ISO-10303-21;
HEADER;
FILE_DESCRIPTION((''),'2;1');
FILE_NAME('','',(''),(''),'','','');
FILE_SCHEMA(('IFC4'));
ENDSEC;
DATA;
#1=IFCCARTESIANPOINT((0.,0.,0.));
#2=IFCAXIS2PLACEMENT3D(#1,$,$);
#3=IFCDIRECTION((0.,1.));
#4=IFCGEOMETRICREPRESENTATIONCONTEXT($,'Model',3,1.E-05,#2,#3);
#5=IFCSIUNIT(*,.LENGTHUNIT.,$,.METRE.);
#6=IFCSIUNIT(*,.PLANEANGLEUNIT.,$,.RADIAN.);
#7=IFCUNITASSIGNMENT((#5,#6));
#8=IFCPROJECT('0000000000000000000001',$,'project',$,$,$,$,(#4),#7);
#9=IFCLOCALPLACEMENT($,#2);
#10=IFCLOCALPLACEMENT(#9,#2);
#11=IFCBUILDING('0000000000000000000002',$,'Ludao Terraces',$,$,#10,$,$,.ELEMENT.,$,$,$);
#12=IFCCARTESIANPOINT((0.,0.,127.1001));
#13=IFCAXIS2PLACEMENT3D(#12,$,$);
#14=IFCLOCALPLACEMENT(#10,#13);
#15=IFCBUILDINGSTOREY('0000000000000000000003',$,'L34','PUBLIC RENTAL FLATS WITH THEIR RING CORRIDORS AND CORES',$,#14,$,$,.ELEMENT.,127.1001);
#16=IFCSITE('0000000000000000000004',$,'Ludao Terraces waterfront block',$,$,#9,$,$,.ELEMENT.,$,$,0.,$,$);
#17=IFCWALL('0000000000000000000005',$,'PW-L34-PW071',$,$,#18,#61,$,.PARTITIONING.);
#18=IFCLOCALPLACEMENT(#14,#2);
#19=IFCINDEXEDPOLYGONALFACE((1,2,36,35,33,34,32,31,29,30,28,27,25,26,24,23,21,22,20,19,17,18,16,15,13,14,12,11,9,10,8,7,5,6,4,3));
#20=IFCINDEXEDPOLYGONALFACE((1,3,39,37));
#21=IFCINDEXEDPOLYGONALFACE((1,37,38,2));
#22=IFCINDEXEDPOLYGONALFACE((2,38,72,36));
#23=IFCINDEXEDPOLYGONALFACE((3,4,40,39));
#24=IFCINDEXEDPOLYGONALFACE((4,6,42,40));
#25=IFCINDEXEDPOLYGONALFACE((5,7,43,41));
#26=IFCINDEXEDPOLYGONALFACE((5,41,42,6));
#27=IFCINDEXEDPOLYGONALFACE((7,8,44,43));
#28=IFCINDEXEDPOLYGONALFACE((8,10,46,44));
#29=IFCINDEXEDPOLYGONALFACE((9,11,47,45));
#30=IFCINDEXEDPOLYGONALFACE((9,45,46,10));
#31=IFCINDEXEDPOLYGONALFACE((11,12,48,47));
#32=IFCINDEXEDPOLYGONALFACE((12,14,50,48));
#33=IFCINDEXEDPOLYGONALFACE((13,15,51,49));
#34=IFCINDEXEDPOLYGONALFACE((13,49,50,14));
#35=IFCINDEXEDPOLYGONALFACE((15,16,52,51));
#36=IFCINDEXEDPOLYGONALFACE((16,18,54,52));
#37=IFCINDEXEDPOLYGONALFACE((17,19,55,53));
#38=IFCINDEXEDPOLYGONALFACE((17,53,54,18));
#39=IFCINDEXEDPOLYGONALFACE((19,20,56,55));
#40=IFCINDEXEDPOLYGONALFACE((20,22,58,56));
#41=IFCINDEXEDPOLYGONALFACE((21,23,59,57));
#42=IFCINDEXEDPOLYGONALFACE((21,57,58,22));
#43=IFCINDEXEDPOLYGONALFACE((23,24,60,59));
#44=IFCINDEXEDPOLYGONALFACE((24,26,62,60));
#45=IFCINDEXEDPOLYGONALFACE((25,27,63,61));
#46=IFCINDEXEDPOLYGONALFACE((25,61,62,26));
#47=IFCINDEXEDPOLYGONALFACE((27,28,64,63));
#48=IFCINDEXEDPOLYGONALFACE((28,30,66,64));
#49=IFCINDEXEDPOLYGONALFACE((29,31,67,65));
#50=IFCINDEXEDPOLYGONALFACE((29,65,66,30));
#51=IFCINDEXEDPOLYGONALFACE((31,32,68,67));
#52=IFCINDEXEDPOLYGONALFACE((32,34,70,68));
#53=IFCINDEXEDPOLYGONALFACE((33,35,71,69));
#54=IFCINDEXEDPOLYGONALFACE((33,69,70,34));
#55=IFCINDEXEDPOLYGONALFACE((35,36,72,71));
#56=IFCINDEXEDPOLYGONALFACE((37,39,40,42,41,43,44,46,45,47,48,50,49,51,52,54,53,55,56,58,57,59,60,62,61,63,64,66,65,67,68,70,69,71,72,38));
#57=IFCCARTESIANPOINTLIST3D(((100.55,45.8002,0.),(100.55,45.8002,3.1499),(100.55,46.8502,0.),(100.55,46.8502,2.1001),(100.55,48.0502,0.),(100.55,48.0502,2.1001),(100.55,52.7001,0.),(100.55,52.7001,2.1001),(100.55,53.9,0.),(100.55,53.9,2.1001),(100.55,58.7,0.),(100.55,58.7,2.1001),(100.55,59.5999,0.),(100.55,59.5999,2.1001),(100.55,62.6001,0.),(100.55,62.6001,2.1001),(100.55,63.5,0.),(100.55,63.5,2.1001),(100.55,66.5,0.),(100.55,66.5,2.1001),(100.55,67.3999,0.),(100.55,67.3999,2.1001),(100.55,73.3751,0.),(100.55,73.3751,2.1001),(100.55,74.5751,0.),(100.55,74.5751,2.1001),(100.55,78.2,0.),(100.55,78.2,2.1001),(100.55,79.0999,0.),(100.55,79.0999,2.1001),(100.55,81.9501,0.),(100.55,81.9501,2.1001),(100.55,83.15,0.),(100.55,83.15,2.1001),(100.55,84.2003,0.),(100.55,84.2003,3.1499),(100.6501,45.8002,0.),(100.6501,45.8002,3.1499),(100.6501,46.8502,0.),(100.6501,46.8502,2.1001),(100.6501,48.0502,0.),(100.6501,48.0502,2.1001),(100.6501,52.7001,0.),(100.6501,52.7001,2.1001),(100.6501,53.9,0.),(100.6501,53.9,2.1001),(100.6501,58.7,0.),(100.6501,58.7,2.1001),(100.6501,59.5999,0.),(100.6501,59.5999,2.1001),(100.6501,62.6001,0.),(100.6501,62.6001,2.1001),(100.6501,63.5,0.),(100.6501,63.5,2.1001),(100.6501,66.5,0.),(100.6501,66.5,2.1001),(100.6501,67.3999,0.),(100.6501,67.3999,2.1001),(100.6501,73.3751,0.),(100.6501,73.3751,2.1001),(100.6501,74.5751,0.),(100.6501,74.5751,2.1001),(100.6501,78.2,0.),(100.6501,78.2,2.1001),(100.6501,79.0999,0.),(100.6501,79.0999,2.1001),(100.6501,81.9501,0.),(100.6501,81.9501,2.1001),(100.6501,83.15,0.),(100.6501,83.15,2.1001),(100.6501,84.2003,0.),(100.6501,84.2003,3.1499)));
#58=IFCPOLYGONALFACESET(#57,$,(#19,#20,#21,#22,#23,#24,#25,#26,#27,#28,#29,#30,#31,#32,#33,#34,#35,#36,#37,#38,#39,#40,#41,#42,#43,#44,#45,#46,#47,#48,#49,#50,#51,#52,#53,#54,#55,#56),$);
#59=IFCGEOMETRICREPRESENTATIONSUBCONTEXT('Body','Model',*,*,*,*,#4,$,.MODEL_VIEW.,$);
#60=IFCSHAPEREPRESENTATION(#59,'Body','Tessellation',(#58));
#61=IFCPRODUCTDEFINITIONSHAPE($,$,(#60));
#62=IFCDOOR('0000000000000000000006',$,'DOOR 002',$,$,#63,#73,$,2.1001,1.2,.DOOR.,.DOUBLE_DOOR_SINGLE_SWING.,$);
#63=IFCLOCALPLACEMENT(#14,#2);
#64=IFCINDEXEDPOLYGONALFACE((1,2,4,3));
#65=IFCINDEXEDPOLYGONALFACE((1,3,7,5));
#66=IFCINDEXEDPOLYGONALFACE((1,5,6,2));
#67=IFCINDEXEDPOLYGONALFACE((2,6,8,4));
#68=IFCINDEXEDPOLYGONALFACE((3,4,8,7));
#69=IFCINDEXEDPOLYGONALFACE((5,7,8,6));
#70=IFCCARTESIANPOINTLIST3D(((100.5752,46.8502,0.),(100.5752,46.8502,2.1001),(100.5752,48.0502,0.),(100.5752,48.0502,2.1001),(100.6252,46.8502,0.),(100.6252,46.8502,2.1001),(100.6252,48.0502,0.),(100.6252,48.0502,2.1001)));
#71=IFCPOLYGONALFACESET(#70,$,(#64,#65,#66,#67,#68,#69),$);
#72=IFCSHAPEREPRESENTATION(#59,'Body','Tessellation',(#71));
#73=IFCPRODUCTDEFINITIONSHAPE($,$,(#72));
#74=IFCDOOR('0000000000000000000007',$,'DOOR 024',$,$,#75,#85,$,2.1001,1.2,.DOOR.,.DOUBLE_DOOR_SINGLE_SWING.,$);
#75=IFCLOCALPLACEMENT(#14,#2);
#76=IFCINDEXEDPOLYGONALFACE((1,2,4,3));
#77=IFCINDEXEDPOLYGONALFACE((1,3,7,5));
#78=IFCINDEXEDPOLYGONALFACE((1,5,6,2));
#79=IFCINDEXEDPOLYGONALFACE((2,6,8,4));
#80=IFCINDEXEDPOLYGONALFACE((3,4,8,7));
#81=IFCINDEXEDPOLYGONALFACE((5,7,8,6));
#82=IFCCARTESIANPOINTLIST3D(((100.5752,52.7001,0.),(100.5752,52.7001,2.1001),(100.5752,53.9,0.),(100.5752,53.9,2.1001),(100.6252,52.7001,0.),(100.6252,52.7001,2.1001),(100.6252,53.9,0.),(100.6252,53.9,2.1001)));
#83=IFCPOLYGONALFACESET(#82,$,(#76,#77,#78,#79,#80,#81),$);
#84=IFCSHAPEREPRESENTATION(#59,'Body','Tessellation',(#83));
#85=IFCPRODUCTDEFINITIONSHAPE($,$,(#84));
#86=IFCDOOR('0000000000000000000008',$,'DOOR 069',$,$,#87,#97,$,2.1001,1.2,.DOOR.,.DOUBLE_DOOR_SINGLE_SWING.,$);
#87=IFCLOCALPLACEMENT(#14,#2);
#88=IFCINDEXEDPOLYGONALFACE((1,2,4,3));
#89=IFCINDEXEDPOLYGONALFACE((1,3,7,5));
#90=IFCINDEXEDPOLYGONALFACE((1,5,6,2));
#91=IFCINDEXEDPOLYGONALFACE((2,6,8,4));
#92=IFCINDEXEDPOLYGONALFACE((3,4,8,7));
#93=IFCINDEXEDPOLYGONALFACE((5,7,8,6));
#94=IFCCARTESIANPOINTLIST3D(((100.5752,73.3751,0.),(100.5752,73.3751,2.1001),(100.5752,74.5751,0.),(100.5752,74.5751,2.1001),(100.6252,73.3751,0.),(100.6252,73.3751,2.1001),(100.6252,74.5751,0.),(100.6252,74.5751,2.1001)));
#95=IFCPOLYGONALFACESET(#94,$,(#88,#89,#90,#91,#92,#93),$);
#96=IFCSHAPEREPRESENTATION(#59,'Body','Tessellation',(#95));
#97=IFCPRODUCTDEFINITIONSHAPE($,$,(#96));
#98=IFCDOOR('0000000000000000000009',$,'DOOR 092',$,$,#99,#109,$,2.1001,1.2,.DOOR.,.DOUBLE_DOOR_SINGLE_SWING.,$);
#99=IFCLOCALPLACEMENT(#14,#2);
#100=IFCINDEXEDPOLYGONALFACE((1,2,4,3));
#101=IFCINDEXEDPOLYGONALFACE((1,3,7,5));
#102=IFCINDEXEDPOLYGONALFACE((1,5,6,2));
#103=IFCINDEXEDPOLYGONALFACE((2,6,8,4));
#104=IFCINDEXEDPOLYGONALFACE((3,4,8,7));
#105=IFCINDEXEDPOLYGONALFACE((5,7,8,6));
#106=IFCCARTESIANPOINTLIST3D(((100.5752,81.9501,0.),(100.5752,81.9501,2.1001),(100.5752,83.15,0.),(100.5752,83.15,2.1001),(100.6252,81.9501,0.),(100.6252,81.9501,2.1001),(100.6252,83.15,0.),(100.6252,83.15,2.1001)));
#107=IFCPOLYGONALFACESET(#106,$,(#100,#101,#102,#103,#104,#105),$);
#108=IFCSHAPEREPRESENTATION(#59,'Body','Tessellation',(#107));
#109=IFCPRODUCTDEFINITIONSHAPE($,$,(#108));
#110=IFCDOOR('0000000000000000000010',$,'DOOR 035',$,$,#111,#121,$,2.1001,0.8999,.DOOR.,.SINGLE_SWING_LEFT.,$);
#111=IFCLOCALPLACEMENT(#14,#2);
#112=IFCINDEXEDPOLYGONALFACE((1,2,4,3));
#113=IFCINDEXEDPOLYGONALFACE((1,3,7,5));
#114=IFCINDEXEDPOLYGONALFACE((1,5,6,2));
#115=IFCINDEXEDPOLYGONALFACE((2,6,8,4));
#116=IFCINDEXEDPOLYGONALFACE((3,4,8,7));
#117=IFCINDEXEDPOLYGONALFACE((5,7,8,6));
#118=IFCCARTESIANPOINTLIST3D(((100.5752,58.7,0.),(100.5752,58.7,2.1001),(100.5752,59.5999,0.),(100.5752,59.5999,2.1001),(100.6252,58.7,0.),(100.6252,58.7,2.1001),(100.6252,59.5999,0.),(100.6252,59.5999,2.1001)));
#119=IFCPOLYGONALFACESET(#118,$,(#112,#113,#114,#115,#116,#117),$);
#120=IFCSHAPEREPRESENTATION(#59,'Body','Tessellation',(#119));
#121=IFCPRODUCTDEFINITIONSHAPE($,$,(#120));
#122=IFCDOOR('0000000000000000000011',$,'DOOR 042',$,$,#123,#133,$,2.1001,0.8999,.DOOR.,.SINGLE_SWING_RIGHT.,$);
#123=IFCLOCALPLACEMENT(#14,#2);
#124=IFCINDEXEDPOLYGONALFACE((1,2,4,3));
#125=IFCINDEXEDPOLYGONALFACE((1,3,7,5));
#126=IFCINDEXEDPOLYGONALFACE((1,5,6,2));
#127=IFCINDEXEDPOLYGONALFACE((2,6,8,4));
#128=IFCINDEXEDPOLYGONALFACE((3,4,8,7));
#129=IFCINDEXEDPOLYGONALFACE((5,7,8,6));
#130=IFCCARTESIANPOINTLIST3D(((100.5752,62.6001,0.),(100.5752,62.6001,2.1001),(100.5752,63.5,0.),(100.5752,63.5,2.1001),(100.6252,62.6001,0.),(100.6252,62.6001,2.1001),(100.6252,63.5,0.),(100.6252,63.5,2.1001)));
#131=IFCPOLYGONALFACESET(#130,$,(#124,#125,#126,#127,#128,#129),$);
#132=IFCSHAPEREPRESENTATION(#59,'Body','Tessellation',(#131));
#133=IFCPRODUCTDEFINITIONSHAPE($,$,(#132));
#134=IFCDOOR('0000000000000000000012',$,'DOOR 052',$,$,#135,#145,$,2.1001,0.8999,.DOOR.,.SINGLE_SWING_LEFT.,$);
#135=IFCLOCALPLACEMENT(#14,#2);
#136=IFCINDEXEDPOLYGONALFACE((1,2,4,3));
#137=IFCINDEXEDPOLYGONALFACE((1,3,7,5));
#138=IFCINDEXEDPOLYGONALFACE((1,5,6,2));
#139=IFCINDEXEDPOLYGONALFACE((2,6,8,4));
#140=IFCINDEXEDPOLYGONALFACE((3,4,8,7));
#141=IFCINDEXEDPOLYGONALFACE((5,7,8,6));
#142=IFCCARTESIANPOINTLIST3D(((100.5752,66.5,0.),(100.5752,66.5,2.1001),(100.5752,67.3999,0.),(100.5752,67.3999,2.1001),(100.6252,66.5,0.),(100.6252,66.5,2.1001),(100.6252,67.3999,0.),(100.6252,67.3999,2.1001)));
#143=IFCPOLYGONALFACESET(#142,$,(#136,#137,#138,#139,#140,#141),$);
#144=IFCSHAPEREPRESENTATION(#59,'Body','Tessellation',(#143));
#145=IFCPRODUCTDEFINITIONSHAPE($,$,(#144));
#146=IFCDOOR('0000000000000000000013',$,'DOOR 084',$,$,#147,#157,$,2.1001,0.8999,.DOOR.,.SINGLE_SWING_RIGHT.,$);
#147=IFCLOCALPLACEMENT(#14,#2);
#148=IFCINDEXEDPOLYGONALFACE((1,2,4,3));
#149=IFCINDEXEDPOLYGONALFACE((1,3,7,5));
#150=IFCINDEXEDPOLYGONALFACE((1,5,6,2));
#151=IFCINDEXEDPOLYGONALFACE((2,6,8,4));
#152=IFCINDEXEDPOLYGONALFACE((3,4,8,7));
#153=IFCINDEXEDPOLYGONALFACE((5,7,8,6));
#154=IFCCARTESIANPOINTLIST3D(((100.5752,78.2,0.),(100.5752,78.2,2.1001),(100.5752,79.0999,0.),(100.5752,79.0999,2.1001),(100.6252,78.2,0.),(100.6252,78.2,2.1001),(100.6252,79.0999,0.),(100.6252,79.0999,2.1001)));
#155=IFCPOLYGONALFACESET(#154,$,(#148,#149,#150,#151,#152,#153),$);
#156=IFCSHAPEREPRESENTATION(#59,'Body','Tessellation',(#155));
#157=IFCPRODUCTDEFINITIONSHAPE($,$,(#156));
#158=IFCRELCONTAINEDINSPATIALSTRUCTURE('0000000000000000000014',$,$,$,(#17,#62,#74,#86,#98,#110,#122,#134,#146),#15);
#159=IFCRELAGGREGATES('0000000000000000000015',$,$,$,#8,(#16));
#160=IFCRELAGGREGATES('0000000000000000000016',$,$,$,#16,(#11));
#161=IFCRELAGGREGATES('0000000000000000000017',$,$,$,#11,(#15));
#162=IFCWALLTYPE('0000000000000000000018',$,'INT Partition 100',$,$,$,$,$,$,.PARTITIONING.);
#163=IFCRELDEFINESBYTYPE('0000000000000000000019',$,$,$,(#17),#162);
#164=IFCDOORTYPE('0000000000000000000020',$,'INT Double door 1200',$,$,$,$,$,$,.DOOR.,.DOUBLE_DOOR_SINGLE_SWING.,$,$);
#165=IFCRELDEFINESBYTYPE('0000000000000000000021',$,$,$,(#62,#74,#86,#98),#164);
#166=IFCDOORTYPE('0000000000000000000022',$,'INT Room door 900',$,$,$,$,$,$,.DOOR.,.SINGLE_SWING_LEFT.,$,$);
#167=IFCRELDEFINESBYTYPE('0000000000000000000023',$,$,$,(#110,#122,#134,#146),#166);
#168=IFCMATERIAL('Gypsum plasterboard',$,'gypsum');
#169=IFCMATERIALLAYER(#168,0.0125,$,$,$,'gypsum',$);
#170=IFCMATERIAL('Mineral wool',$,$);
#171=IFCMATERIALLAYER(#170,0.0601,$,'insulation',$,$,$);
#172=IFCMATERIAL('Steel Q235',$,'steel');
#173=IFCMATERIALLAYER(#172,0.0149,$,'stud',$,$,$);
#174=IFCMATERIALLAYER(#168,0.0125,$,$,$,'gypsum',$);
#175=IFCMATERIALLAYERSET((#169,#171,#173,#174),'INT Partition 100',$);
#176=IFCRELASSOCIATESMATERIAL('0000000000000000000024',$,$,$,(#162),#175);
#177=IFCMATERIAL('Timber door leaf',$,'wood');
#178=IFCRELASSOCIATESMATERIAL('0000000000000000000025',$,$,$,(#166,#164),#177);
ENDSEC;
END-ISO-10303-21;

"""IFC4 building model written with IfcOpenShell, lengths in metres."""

from ifc_helpers import new_model, si_unit, direction, frame, frame_2d, origin, place, context, subcontext, project, spatial, rectangle, extrude, material, layer, layer_set, type_object, element, fill, save


model = new_model("IFC4")

# Units and contexts
model_context = context("Model", 3, precision=1e-05, world=origin(), true_north=direction((0.0, 1.0)))
body_context = subcontext(model_context, "Body", "Model", "MODEL_VIEW")
ifc_project = project(units=[si_unit("LENGTHUNIT", "METRE"), si_unit("PLANEANGLEUNIT", "RADIAN")], contexts=[model_context])

# Site, building, storey
site_placement = place(None, origin())
site = spatial("IfcSite", under=ifc_project, at=site_placement, Name="Ludao Terraces waterfront block", CompositionType="ELEMENT", RefElevation=0.0)
building_placement = place(site_placement, origin())
building = spatial("IfcBuilding", under=site, at=building_placement, Name="Ludao Terraces", CompositionType="ELEMENT")
storey_placement = place(building_placement, frame((0.0, 0.0, 127.1001)))
storey = spatial("IfcBuildingStorey", under=building, at=storey_placement, Name="L34", Description="PUBLIC RENTAL FLATS WITH THEIR RING CORRIDORS AND CORES", CompositionType="ELEMENT", Elevation=127.1001)

# Shared definitions
ifc_material_1 = material(Name="Mineral wool")

# Shared definitions
ifc_material_2 = material(Name="Gypsum plasterboard", Category="gypsum")
ifc_layer_1 = layer(ifc_material_2, 0.0125, Category="gypsum")
ifc_layer_2 = layer(ifc_material_1, 0.0601, Name="insulation")
ifc_material_3 = material(Name="Steel Q235", Category="steel")
ifc_layer_3 = layer(ifc_material_3, 0.0149, Name="stud")
ifc_layer_4 = layer(ifc_material_2, 0.0125, Category="gypsum")
ifc_layer_set_1 = layer_set([ifc_layer_1, ifc_layer_2, ifc_layer_3, ifc_layer_4], Name="INT Partition 100")
wall_type_1 = type_object("IfcWallType", Name="INT Partition 100", PredefinedType="PARTITIONING", material=ifc_layer_set_1)

# Wall, openings, doors
ifc_material_4 = material(Name="Timber door leaf", Category="wood")
door_type_1 = type_object("IfcDoorType", Name="INT Room door 900", OperationType="SINGLE_SWING_LEFT", PredefinedType="DOOR", material=ifc_material_4)
wall_1_placement = place(storey_placement, frame((100.6001, 45.8, 0.0), z_axis=(0.0, 0.0, 1.0), x_axis=(0.0, 1.0, 0.0)))
wall_1 = element("IfcWall", 1, at=wall_1_placement, inside=storey, type_object=wall_type_1, Name="PW-L34-PW071", PredefinedType="PARTITIONING", context=body_context, shape_type="SweptSolid", body=[
    extrude(rectangle(XDim=38.4001, YDim=0.1001, at=frame_2d((19.2002, 0.0))), origin(), (0.0, 0.0, 1.0), 3.1499),
])
opening_1_placement = place(wall_1_placement, frame((1.05, 0.0, 0.0)))
opening_1 = element("IfcOpeningElement", 2, at=opening_1_placement, cuts=wall_1, PredefinedType="OPENING", context=body_context, shape_type="SweptSolid", body=[
    extrude(rectangle(XDim=1.2, YDim=2.1001, at=frame_2d((0.6001, 1.05))), frame((0.0, 0.0601, 0.0), z_axis=(0.0, -1.0, 0.0), x_axis=(1.0, 0.0, 0.0)), (0.0, 0.0, 1.0), 0.1201),
])
opening_2_placement = place(wall_1_placement, frame((6.8999, 0.0, 0.0)))
opening_2 = element("IfcOpeningElement", 3, at=opening_2_placement, cuts=wall_1, PredefinedType="OPENING", context=body_context, shape_type="SweptSolid", body=[
    extrude(rectangle(XDim=1.2, YDim=2.1001, at=frame_2d((0.6001, 1.05))), frame((0.0, 0.0601, 0.0), z_axis=(0.0, -1.0, 0.0), x_axis=(1.0, 0.0, 0.0)), (0.0, 0.0, 1.0), 0.1201),
])
opening_3_placement = place(wall_1_placement, frame((12.8999, 0.0, 0.0)))
opening_3 = element("IfcOpeningElement", 4, at=opening_3_placement, cuts=wall_1, PredefinedType="OPENING", context=body_context, shape_type="SweptSolid", body=[
    extrude(rectangle(XDim=0.8999, YDim=2.1001, at=frame_2d((0.45, 1.05))), frame((0.0, 0.0601, 0.0), z_axis=(0.0, -1.0, 0.0), x_axis=(1.0, 0.0, 0.0)), (0.0, 0.0, 1.0), 0.1201),
])
opening_4_placement = place(wall_1_placement, frame((16.8, 0.0, 0.0)))
opening_4 = element("IfcOpeningElement", 5, at=opening_4_placement, cuts=wall_1, PredefinedType="OPENING", context=body_context, shape_type="SweptSolid", body=[
    extrude(rectangle(XDim=0.8999, YDim=2.1001, at=frame_2d((0.45, 1.05))), frame((0.0, 0.0601, 0.0), z_axis=(0.0, -1.0, 0.0), x_axis=(1.0, 0.0, 0.0)), (0.0, 0.0, 1.0), 0.1201),
])
opening_5_placement = place(wall_1_placement, frame((20.7, 0.0, 0.0)))
opening_5 = element("IfcOpeningElement", 6, at=opening_5_placement, cuts=wall_1, PredefinedType="OPENING", context=body_context, shape_type="SweptSolid", body=[
    extrude(rectangle(XDim=0.8999, YDim=2.1001, at=frame_2d((0.45, 1.05))), frame((0.0, 0.0601, 0.0), z_axis=(0.0, -1.0, 0.0), x_axis=(1.0, 0.0, 0.0)), (0.0, 0.0, 1.0), 0.1201),
])
opening_6_placement = place(wall_1_placement, frame((27.575, 0.0, 0.0)))
opening_6 = element("IfcOpeningElement", 7, at=opening_6_placement, cuts=wall_1, PredefinedType="OPENING", context=body_context, shape_type="SweptSolid", body=[
    extrude(rectangle(XDim=1.2, YDim=2.1001, at=frame_2d((0.6001, 1.05))), frame((0.0, 0.0601, 0.0), z_axis=(0.0, -1.0, 0.0), x_axis=(1.0, 0.0, 0.0)), (0.0, 0.0, 1.0), 0.1201),
])
opening_7_placement = place(wall_1_placement, frame((32.3999, 0.0, 0.0)))
opening_7 = element("IfcOpeningElement", 8, at=opening_7_placement, cuts=wall_1, PredefinedType="OPENING", context=body_context, shape_type="SweptSolid", body=[
    extrude(rectangle(XDim=0.8999, YDim=2.1001, at=frame_2d((0.45, 1.05))), frame((0.0, 0.0601, 0.0), z_axis=(0.0, -1.0, 0.0), x_axis=(1.0, 0.0, 0.0)), (0.0, 0.0, 1.0), 0.1201),
])
opening_8_placement = place(wall_1_placement, frame((36.1499, 0.0, 0.0)))
opening_8 = element("IfcOpeningElement", 9, at=opening_8_placement, cuts=wall_1, PredefinedType="OPENING", context=body_context, shape_type="SweptSolid", body=[
    extrude(rectangle(XDim=1.2, YDim=2.1001, at=frame_2d((0.6001, 1.05))), frame((0.0, 0.0601, 0.0), z_axis=(0.0, -1.0, 0.0), x_axis=(1.0, 0.0, 0.0)), (0.0, 0.0, 1.0), 0.1201),
])
door_type_2 = type_object("IfcDoorType", Name="INT Double door 1200", OperationType="DOUBLE_DOOR_SINGLE_SWING", PredefinedType="DOOR", material=ifc_material_4)
door_1_placement = place(opening_1_placement, origin())
door_1 = element("IfcDoor", 10, at=door_1_placement, inside=storey, type_object=door_type_2, Name="DOOR 002", OperationType="DOUBLE_DOOR_SINGLE_SWING", OverallHeight=2.1001, OverallWidth=1.2, PredefinedType="DOOR", context=body_context, shape_type="SweptSolid", body=[
    extrude(rectangle(XDim=1.2, YDim=2.1001, at=frame_2d((0.6001, 1.05))), frame((0.0, 0.0249, 0.0), z_axis=(0.0, -1.0, 0.0), x_axis=(1.0, 0.0, 0.0)), (0.0, 0.0, 1.0), 0.05),
])
fill(opening_1, door_1)
door_2_placement = place(opening_2_placement, origin())
door_2 = element("IfcDoor", 11, at=door_2_placement, inside=storey, type_object=door_type_2, Name="DOOR 024", OperationType="DOUBLE_DOOR_SINGLE_SWING", OverallHeight=2.1001, OverallWidth=1.2, PredefinedType="DOOR", context=body_context, shape_type="SweptSolid", body=[
    extrude(rectangle(XDim=1.2, YDim=2.1001, at=frame_2d((0.6001, 1.05))), frame((0.0, 0.0249, 0.0), z_axis=(0.0, -1.0, 0.0), x_axis=(1.0, 0.0, 0.0)), (0.0, 0.0, 1.0), 0.05),
])
fill(opening_2, door_2)
door_3_placement = place(opening_6_placement, origin())
door_3 = element("IfcDoor", 12, at=door_3_placement, inside=storey, type_object=door_type_2, Name="DOOR 069", OperationType="DOUBLE_DOOR_SINGLE_SWING", OverallHeight=2.1001, OverallWidth=1.2, PredefinedType="DOOR", context=body_context, shape_type="SweptSolid", body=[
    extrude(rectangle(XDim=1.2, YDim=2.1001, at=frame_2d((0.6001, 1.05))), frame((0.0, 0.0249, 0.0), z_axis=(0.0, -1.0, 0.0), x_axis=(1.0, 0.0, 0.0)), (0.0, 0.0, 1.0), 0.05),
])
fill(opening_6, door_3)
door_4_placement = place(opening_8_placement, origin())
door_4 = element("IfcDoor", 13, at=door_4_placement, inside=storey, type_object=door_type_2, Name="DOOR 092", OperationType="DOUBLE_DOOR_SINGLE_SWING", OverallHeight=2.1001, OverallWidth=1.2, PredefinedType="DOOR", context=body_context, shape_type="SweptSolid", body=[
    extrude(rectangle(XDim=1.2, YDim=2.1001, at=frame_2d((0.6001, 1.05))), frame((0.0, 0.0249, 0.0), z_axis=(0.0, -1.0, 0.0), x_axis=(1.0, 0.0, 0.0)), (0.0, 0.0, 1.0), 0.05),
])
fill(opening_8, door_4)
door_5_placement = place(opening_3_placement, origin())
door_5 = element("IfcDoor", 14, at=door_5_placement, inside=storey, type_object=door_type_1, Name="DOOR 035", OperationType="SINGLE_SWING_LEFT", OverallHeight=2.1001, OverallWidth=0.8999, PredefinedType="DOOR", context=body_context, shape_type="SweptSolid", body=[
    extrude(rectangle(XDim=0.8999, YDim=2.1001, at=frame_2d((0.45, 1.05))), frame((0.0, 0.0249, 0.0), z_axis=(0.0, -1.0, 0.0), x_axis=(1.0, 0.0, 0.0)), (0.0, 0.0, 1.0), 0.05),
])
fill(opening_3, door_5)
door_6_placement = place(opening_4_placement, origin())
door_6 = element("IfcDoor", 15, at=door_6_placement, inside=storey, type_object=door_type_1, Name="DOOR 042", OperationType="SINGLE_SWING_RIGHT", OverallHeight=2.1001, OverallWidth=0.8999, PredefinedType="DOOR", context=body_context, shape_type="SweptSolid", body=[
    extrude(rectangle(XDim=0.8999, YDim=2.1001, at=frame_2d((0.45, 1.05))), frame((0.0, 0.0249, 0.0), z_axis=(0.0, -1.0, 0.0), x_axis=(1.0, 0.0, 0.0)), (0.0, 0.0, 1.0), 0.05),
])
fill(opening_4, door_6)
door_7_placement = place(opening_5_placement, origin())
door_7 = element("IfcDoor", 16, at=door_7_placement, inside=storey, type_object=door_type_1, Name="DOOR 052", OperationType="SINGLE_SWING_LEFT", OverallHeight=2.1001, OverallWidth=0.8999, PredefinedType="DOOR", context=body_context, shape_type="SweptSolid", body=[
    extrude(rectangle(XDim=0.8999, YDim=2.1001, at=frame_2d((0.45, 1.05))), frame((0.0, 0.0249, 0.0), z_axis=(0.0, -1.0, 0.0), x_axis=(1.0, 0.0, 0.0)), (0.0, 0.0, 1.0), 0.05),
])
fill(opening_5, door_7)
door_8_placement = place(opening_7_placement, origin())
door_8 = element("IfcDoor", 17, at=door_8_placement, inside=storey, type_object=door_type_1, Name="DOOR 084", OperationType="SINGLE_SWING_RIGHT", OverallHeight=2.1001, OverallWidth=0.8999, PredefinedType="DOOR", context=body_context, shape_type="SweptSolid", body=[
    extrude(rectangle(XDim=0.8999, YDim=2.1001, at=frame_2d((0.45, 1.05))), frame((0.0, 0.0249, 0.0), z_axis=(0.0, -1.0, 0.0), x_axis=(1.0, 0.0, 0.0)), (0.0, 0.0, 1.0), 0.05),
])
fill(opening_7, door_8)

save(model, "model.ifc")
